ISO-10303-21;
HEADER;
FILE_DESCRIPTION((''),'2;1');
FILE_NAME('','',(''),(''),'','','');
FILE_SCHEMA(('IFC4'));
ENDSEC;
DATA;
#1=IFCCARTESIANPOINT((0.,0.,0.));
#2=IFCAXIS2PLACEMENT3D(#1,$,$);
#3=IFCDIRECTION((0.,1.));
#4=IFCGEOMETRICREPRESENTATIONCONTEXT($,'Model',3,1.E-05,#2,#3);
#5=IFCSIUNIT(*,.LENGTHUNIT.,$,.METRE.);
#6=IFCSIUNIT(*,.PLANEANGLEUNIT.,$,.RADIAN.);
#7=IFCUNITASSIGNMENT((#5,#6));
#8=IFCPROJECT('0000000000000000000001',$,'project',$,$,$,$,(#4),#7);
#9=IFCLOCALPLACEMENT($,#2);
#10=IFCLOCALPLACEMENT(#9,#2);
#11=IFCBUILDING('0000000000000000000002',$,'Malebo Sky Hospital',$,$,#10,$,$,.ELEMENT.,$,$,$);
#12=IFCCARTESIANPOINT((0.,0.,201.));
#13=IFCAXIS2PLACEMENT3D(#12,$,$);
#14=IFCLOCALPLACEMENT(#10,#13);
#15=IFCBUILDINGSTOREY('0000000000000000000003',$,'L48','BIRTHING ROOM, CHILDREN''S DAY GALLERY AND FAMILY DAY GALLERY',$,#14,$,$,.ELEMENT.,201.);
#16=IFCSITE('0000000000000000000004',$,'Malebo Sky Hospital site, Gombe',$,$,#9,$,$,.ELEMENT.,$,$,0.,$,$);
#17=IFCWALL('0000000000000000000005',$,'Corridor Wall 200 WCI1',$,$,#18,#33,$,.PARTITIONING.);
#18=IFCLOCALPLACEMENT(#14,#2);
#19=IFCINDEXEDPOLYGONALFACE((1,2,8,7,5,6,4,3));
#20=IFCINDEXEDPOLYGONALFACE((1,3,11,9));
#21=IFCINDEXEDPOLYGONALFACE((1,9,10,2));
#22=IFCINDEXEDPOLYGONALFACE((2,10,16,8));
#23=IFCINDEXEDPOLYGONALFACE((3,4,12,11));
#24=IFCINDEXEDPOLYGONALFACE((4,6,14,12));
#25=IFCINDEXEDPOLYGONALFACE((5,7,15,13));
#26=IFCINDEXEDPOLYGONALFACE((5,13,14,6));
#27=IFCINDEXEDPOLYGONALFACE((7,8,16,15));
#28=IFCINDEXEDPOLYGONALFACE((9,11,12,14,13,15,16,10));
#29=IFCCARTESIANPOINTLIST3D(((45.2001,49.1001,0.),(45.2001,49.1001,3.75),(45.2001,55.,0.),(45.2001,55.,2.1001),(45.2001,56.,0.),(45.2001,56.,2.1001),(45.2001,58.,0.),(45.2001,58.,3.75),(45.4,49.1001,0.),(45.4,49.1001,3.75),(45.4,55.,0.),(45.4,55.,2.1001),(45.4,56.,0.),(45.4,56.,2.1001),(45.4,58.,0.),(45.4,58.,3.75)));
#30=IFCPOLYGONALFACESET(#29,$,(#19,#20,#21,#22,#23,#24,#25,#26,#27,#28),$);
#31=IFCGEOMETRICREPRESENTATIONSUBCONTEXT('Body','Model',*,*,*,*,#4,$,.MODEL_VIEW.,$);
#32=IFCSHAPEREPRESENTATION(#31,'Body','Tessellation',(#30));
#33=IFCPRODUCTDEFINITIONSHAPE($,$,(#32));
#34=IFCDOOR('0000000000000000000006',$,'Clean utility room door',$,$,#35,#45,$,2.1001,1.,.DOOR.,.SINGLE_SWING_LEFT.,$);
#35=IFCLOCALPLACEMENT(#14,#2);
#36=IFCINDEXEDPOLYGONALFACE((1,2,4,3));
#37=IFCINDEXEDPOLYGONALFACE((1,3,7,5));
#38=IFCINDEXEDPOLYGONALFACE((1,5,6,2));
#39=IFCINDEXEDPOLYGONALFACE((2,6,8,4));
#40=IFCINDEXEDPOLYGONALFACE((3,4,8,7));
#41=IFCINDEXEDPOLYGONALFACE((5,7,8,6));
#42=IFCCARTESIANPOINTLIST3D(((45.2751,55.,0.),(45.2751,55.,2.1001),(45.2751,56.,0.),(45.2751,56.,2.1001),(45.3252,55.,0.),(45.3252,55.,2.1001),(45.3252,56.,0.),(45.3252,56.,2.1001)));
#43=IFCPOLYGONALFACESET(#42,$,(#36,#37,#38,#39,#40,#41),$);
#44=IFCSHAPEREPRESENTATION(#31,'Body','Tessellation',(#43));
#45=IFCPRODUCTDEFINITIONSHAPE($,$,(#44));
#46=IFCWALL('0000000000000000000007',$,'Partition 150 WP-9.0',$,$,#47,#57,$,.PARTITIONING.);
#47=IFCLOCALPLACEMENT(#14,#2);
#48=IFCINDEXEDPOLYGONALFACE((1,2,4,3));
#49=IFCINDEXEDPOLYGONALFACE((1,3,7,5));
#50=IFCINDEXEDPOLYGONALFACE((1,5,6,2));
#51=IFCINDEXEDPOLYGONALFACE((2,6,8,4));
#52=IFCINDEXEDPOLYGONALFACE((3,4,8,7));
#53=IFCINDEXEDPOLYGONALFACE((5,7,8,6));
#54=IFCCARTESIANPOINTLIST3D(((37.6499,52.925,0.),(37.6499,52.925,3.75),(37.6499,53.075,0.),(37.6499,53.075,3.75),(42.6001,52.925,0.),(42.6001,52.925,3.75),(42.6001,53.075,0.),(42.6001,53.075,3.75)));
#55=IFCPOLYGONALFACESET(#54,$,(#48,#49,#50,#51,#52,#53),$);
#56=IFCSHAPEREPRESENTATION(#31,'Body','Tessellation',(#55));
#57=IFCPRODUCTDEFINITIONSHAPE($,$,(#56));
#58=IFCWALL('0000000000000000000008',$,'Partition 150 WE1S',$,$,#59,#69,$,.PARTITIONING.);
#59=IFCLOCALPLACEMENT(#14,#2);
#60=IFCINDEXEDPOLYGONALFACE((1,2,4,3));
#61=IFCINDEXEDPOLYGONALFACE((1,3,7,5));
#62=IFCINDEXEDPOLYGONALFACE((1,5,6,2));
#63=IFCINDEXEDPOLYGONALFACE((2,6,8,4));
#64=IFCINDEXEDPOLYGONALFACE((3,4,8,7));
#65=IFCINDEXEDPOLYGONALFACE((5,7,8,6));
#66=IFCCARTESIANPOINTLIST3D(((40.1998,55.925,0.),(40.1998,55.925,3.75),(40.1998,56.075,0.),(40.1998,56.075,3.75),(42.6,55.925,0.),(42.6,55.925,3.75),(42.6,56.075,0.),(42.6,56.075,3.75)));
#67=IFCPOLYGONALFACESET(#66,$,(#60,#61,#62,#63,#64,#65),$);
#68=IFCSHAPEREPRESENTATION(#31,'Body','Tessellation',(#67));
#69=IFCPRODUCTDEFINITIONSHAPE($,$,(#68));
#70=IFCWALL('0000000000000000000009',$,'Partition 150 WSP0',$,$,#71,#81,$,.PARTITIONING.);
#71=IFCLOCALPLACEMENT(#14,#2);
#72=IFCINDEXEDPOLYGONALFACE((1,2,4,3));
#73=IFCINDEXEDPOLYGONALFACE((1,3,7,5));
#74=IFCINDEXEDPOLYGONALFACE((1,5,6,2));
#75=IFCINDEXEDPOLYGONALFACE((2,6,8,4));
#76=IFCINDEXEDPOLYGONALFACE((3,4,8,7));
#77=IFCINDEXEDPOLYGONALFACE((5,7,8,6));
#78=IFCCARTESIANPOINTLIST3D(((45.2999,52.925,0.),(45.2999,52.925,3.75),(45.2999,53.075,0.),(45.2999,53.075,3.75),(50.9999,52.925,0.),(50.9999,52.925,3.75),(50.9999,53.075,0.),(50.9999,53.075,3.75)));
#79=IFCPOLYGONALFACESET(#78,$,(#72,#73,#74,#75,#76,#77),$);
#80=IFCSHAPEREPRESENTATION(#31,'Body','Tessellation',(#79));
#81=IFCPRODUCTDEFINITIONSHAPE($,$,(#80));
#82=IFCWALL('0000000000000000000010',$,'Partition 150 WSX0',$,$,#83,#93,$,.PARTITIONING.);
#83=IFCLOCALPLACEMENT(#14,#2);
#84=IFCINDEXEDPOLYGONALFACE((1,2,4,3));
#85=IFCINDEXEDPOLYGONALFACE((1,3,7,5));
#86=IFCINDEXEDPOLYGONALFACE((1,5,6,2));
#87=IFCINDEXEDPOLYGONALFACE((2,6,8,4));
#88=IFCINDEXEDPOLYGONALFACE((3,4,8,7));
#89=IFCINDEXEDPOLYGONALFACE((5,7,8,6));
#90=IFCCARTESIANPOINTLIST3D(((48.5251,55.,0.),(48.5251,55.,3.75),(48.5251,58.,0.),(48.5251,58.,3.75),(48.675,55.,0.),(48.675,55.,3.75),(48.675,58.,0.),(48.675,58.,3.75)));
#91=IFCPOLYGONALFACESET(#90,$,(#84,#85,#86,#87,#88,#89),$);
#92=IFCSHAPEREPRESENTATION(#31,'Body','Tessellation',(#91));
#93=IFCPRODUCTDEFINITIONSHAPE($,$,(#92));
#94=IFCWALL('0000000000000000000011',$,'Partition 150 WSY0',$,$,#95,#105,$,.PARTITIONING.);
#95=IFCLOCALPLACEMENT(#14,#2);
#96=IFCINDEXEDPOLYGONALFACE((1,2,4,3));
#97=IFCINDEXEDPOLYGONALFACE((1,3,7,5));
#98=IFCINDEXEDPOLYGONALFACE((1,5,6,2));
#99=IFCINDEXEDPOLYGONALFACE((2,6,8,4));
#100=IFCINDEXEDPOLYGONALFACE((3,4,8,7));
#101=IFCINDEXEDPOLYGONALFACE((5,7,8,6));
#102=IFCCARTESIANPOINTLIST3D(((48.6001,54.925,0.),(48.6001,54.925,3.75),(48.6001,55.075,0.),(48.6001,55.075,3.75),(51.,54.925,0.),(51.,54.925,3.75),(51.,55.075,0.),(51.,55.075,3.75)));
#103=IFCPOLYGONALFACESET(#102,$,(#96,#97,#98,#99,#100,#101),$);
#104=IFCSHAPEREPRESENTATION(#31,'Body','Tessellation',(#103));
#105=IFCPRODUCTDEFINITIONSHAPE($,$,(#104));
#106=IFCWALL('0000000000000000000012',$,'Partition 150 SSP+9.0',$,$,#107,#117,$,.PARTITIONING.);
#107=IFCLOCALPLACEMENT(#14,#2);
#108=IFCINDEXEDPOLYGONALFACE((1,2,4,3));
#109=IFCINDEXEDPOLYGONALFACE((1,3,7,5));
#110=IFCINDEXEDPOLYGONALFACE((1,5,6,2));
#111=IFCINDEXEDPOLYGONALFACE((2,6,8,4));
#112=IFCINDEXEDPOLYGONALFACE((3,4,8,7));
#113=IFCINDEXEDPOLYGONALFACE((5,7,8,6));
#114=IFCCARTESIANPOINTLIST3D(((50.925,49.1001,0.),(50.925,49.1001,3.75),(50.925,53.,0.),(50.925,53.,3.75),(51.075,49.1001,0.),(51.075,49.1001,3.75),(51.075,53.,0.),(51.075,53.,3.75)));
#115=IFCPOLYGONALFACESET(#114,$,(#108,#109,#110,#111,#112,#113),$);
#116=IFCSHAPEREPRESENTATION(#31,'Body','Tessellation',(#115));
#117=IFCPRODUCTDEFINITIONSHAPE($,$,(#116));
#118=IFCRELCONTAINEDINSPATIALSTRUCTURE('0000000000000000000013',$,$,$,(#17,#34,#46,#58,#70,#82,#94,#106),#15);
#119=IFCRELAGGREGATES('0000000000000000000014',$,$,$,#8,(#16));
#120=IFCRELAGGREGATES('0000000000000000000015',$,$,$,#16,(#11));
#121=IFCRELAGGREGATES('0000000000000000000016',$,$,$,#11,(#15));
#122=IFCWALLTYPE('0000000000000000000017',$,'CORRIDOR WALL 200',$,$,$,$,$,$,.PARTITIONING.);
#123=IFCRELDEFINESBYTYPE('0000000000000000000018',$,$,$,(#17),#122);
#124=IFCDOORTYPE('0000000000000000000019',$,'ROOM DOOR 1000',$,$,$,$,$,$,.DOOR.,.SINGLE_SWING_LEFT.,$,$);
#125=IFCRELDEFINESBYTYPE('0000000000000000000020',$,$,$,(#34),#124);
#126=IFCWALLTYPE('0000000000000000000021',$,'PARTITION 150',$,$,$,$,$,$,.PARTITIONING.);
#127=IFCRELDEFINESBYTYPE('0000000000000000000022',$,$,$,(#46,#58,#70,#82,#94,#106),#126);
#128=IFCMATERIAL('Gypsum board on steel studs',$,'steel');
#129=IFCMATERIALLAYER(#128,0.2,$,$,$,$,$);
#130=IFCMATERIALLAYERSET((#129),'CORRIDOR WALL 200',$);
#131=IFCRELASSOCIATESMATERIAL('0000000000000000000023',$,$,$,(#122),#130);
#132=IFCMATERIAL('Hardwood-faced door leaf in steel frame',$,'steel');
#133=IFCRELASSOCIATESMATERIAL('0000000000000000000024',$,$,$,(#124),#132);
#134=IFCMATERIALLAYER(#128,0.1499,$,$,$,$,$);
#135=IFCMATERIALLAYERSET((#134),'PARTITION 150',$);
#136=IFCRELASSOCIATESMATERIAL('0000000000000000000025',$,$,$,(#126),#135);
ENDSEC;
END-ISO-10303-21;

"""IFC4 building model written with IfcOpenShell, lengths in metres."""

from ifc_helpers import new_model, si_unit, direction, frame, frame_2d, origin, place, context, subcontext, project, spatial, rectangle, extrude, material, layer, layer_set, type_object, element, fill, save


model = new_model("IFC4")

# Units and contexts
model_context = context("Model", 3, precision=1e-05, world=origin(), true_north=direction((0.0, 1.0)))
body_context = subcontext(model_context, "Body", "Model", "MODEL_VIEW")
ifc_project = project(units=[si_unit("LENGTHUNIT", "METRE"), si_unit("PLANEANGLEUNIT", "RADIAN")], contexts=[model_context])

# Site, building, storey
site_placement = place(None, origin())
site = spatial("IfcSite", under=ifc_project, at=site_placement, Name="Malebo Sky Hospital site, Gombe", CompositionType="ELEMENT", RefElevation=0.0)
building_placement = place(site_placement, origin())
building = spatial("IfcBuilding", under=site, at=building_placement, Name="Malebo Sky Hospital", CompositionType="ELEMENT")
storey_placement = place(building_placement, frame((0.0, 0.0, 201.0)))
storey = spatial("IfcBuildingStorey", under=building, at=storey_placement, Name="L48", Description="BIRTHING ROOM, CHILDREN'S DAY GALLERY AND FAMILY DAY GALLERY", CompositionType="ELEMENT", Elevation=201.0)

# Wall, opening, door
ifc_material_1 = material(Name="Hardwood-faced door leaf in steel frame", Category="steel")
ifc_material_2 = material(Name="Gypsum board on steel studs", Category="steel")
ifc_layer_1 = layer(ifc_material_2, 0.2)
ifc_layer_set_1 = layer_set([ifc_layer_1], Name="CORRIDOR WALL 200")
wall_type_1 = type_object("IfcWallType", Name="CORRIDOR WALL 200", PredefinedType="PARTITIONING", material=ifc_layer_set_1)
wall_1_placement = place(storey_placement, frame((45.3, 49.1001, 0.0), z_axis=(0.0, 0.0, 1.0), x_axis=(0.0, 1.0, 0.0)))
wall_1 = element("IfcWall", 1, at=wall_1_placement, inside=storey, type_object=wall_type_1, Name="Corridor Wall 200 WCI1", PredefinedType="PARTITIONING", context=body_context, shape_type="SweptSolid", body=[
    extrude(rectangle(XDim=8.8999, YDim=0.2, at=frame_2d((4.45, 0.0))), origin(), (0.0, 0.0, 1.0), 3.75),
])
opening_1_placement = place(wall_1_placement, frame((5.8999, 0.0, 0.0)))
opening_1 = element("IfcOpeningElement", 2, at=opening_1_placement, cuts=wall_1, PredefinedType="OPENING", context=body_context, shape_type="SweptSolid", body=[
    extrude(rectangle(XDim=1.0, YDim=2.1001, at=frame_2d((0.5, 1.05))), frame((0.0, 0.1099, 0.0), z_axis=(0.0, -1.0, 0.0), x_axis=(1.0, 0.0, 0.0)), (0.0, 0.0, 1.0), 0.22),
])
door_type_1 = type_object("IfcDoorType", Name="ROOM DOOR 1000", OperationType="SINGLE_SWING_LEFT", PredefinedType="DOOR", material=ifc_material_1)
door_1_placement = place(opening_1_placement, origin())
door_1 = element("IfcDoor", 3, at=door_1_placement, inside=storey, type_object=door_type_1, Name="Clean utility room door", OperationType="SINGLE_SWING_LEFT", OverallHeight=2.1001, OverallWidth=1.0, PredefinedType="DOOR", context=body_context, shape_type="SweptSolid", body=[
    extrude(rectangle(XDim=1.0, YDim=2.1001, at=frame_2d((0.5, 1.05))), frame((0.0, 0.0249, 0.0), z_axis=(0.0, -1.0, 0.0), x_axis=(1.0, 0.0, 0.0)), (0.0, 0.0, 1.0), 0.05),
])
fill(opening_1, door_1)

# Walls
ifc_layer_2 = layer(ifc_material_2, 0.1499)
ifc_layer_set_2 = layer_set([ifc_layer_2], Name="PARTITION 150")
wall_type_2 = type_object("IfcWallType", Name="PARTITION 150", PredefinedType="PARTITIONING", material=ifc_layer_set_2)
wall_2_placement = place(storey_placement, frame((42.6001, 53.0, 0.0), z_axis=(0.0, 0.0, 1.0), x_axis=(-1.0, 0.0, 0.0)))
element("IfcWall", 4, at=wall_2_placement, inside=storey, type_object=wall_type_2, Name="Partition 150 WP-9.0", PredefinedType="PARTITIONING", context=body_context, shape_type="SweptSolid", body=[
    extrude(rectangle(XDim=4.9502, YDim=0.1499, at=frame_2d((2.4751, 0.0))), origin(), (0.0, 0.0, 1.0), 3.75),
])
wall_3_placement = place(storey_placement, frame((42.6001, 56.0, 0.0), z_axis=(0.0, 0.0, 1.0), x_axis=(-1.0, 0.0, 0.0)))
element("IfcWall", 5, at=wall_3_placement, inside=storey, type_object=wall_type_2, Name="Partition 150 WE1S", PredefinedType="PARTITIONING", context=body_context, shape_type="SweptSolid", body=[
    extrude(rectangle(XDim=2.4001, YDim=0.1499, at=frame_2d((1.2002, 0.0))), origin(), (0.0, 0.0, 1.0), 3.75),
])
wall_4_placement = place(storey_placement, frame((51.0, 53.0, 0.0), z_axis=(0.0, 0.0, 1.0), x_axis=(-1.0, 0.0, 0.0)))
element("IfcWall", 6, at=wall_4_placement, inside=storey, type_object=wall_type_2, Name="Partition 150 WSP0", PredefinedType="PARTITIONING", context=body_context, shape_type="SweptSolid", body=[
    extrude(rectangle(XDim=5.7, YDim=0.1499, at=frame_2d((2.8501, 0.0))), origin(), (0.0, 0.0, 1.0), 3.75),
])
wall_5_placement = place(storey_placement, frame((48.6001, 55.0, 0.0), z_axis=(0.0, 0.0, 1.0), x_axis=(0.0, 1.0, 0.0)))
element("IfcWall", 7, at=wall_5_placement, inside=storey, type_object=wall_type_2, Name="Partition 150 WSX0", PredefinedType="PARTITIONING", context=body_context, shape_type="SweptSolid", body=[
    extrude(rectangle(XDim=3.0, YDim=0.1499, at=frame_2d((1.5, 0.0))), origin(), (0.0, 0.0, 1.0), 3.75),
])
wall_6_placement = place(storey_placement, frame((51.0, 55.0, 0.0), z_axis=(0.0, 0.0, 1.0), x_axis=(-1.0, 0.0, 0.0)))
element("IfcWall", 8, at=wall_6_placement, inside=storey, type_object=wall_type_2, Name="Partition 150 WSY0", PredefinedType="PARTITIONING", context=body_context, shape_type="SweptSolid", body=[
    extrude(rectangle(XDim=2.3999, YDim=0.1499, at=frame_2d((1.2, 0.0))), origin(), (0.0, 0.0, 1.0), 3.75),
])
wall_7_placement = place(storey_placement, frame((51.0, 53.0, 0.0), z_axis=(0.0, 0.0, 1.0), x_axis=(0.0, -1.0, 0.0)))
element("IfcWall", 9, at=wall_7_placement, inside=storey, type_object=wall_type_2, Name="Partition 150 SSP+9.0", PredefinedType="PARTITIONING", context=body_context, shape_type="SweptSolid", body=[
    extrude(rectangle(XDim=3.8999, YDim=0.1499, at=frame_2d((1.95, 0.0))), origin(), (0.0, 0.0, 1.0), 3.75),
])

save(model, "model.ifc")
